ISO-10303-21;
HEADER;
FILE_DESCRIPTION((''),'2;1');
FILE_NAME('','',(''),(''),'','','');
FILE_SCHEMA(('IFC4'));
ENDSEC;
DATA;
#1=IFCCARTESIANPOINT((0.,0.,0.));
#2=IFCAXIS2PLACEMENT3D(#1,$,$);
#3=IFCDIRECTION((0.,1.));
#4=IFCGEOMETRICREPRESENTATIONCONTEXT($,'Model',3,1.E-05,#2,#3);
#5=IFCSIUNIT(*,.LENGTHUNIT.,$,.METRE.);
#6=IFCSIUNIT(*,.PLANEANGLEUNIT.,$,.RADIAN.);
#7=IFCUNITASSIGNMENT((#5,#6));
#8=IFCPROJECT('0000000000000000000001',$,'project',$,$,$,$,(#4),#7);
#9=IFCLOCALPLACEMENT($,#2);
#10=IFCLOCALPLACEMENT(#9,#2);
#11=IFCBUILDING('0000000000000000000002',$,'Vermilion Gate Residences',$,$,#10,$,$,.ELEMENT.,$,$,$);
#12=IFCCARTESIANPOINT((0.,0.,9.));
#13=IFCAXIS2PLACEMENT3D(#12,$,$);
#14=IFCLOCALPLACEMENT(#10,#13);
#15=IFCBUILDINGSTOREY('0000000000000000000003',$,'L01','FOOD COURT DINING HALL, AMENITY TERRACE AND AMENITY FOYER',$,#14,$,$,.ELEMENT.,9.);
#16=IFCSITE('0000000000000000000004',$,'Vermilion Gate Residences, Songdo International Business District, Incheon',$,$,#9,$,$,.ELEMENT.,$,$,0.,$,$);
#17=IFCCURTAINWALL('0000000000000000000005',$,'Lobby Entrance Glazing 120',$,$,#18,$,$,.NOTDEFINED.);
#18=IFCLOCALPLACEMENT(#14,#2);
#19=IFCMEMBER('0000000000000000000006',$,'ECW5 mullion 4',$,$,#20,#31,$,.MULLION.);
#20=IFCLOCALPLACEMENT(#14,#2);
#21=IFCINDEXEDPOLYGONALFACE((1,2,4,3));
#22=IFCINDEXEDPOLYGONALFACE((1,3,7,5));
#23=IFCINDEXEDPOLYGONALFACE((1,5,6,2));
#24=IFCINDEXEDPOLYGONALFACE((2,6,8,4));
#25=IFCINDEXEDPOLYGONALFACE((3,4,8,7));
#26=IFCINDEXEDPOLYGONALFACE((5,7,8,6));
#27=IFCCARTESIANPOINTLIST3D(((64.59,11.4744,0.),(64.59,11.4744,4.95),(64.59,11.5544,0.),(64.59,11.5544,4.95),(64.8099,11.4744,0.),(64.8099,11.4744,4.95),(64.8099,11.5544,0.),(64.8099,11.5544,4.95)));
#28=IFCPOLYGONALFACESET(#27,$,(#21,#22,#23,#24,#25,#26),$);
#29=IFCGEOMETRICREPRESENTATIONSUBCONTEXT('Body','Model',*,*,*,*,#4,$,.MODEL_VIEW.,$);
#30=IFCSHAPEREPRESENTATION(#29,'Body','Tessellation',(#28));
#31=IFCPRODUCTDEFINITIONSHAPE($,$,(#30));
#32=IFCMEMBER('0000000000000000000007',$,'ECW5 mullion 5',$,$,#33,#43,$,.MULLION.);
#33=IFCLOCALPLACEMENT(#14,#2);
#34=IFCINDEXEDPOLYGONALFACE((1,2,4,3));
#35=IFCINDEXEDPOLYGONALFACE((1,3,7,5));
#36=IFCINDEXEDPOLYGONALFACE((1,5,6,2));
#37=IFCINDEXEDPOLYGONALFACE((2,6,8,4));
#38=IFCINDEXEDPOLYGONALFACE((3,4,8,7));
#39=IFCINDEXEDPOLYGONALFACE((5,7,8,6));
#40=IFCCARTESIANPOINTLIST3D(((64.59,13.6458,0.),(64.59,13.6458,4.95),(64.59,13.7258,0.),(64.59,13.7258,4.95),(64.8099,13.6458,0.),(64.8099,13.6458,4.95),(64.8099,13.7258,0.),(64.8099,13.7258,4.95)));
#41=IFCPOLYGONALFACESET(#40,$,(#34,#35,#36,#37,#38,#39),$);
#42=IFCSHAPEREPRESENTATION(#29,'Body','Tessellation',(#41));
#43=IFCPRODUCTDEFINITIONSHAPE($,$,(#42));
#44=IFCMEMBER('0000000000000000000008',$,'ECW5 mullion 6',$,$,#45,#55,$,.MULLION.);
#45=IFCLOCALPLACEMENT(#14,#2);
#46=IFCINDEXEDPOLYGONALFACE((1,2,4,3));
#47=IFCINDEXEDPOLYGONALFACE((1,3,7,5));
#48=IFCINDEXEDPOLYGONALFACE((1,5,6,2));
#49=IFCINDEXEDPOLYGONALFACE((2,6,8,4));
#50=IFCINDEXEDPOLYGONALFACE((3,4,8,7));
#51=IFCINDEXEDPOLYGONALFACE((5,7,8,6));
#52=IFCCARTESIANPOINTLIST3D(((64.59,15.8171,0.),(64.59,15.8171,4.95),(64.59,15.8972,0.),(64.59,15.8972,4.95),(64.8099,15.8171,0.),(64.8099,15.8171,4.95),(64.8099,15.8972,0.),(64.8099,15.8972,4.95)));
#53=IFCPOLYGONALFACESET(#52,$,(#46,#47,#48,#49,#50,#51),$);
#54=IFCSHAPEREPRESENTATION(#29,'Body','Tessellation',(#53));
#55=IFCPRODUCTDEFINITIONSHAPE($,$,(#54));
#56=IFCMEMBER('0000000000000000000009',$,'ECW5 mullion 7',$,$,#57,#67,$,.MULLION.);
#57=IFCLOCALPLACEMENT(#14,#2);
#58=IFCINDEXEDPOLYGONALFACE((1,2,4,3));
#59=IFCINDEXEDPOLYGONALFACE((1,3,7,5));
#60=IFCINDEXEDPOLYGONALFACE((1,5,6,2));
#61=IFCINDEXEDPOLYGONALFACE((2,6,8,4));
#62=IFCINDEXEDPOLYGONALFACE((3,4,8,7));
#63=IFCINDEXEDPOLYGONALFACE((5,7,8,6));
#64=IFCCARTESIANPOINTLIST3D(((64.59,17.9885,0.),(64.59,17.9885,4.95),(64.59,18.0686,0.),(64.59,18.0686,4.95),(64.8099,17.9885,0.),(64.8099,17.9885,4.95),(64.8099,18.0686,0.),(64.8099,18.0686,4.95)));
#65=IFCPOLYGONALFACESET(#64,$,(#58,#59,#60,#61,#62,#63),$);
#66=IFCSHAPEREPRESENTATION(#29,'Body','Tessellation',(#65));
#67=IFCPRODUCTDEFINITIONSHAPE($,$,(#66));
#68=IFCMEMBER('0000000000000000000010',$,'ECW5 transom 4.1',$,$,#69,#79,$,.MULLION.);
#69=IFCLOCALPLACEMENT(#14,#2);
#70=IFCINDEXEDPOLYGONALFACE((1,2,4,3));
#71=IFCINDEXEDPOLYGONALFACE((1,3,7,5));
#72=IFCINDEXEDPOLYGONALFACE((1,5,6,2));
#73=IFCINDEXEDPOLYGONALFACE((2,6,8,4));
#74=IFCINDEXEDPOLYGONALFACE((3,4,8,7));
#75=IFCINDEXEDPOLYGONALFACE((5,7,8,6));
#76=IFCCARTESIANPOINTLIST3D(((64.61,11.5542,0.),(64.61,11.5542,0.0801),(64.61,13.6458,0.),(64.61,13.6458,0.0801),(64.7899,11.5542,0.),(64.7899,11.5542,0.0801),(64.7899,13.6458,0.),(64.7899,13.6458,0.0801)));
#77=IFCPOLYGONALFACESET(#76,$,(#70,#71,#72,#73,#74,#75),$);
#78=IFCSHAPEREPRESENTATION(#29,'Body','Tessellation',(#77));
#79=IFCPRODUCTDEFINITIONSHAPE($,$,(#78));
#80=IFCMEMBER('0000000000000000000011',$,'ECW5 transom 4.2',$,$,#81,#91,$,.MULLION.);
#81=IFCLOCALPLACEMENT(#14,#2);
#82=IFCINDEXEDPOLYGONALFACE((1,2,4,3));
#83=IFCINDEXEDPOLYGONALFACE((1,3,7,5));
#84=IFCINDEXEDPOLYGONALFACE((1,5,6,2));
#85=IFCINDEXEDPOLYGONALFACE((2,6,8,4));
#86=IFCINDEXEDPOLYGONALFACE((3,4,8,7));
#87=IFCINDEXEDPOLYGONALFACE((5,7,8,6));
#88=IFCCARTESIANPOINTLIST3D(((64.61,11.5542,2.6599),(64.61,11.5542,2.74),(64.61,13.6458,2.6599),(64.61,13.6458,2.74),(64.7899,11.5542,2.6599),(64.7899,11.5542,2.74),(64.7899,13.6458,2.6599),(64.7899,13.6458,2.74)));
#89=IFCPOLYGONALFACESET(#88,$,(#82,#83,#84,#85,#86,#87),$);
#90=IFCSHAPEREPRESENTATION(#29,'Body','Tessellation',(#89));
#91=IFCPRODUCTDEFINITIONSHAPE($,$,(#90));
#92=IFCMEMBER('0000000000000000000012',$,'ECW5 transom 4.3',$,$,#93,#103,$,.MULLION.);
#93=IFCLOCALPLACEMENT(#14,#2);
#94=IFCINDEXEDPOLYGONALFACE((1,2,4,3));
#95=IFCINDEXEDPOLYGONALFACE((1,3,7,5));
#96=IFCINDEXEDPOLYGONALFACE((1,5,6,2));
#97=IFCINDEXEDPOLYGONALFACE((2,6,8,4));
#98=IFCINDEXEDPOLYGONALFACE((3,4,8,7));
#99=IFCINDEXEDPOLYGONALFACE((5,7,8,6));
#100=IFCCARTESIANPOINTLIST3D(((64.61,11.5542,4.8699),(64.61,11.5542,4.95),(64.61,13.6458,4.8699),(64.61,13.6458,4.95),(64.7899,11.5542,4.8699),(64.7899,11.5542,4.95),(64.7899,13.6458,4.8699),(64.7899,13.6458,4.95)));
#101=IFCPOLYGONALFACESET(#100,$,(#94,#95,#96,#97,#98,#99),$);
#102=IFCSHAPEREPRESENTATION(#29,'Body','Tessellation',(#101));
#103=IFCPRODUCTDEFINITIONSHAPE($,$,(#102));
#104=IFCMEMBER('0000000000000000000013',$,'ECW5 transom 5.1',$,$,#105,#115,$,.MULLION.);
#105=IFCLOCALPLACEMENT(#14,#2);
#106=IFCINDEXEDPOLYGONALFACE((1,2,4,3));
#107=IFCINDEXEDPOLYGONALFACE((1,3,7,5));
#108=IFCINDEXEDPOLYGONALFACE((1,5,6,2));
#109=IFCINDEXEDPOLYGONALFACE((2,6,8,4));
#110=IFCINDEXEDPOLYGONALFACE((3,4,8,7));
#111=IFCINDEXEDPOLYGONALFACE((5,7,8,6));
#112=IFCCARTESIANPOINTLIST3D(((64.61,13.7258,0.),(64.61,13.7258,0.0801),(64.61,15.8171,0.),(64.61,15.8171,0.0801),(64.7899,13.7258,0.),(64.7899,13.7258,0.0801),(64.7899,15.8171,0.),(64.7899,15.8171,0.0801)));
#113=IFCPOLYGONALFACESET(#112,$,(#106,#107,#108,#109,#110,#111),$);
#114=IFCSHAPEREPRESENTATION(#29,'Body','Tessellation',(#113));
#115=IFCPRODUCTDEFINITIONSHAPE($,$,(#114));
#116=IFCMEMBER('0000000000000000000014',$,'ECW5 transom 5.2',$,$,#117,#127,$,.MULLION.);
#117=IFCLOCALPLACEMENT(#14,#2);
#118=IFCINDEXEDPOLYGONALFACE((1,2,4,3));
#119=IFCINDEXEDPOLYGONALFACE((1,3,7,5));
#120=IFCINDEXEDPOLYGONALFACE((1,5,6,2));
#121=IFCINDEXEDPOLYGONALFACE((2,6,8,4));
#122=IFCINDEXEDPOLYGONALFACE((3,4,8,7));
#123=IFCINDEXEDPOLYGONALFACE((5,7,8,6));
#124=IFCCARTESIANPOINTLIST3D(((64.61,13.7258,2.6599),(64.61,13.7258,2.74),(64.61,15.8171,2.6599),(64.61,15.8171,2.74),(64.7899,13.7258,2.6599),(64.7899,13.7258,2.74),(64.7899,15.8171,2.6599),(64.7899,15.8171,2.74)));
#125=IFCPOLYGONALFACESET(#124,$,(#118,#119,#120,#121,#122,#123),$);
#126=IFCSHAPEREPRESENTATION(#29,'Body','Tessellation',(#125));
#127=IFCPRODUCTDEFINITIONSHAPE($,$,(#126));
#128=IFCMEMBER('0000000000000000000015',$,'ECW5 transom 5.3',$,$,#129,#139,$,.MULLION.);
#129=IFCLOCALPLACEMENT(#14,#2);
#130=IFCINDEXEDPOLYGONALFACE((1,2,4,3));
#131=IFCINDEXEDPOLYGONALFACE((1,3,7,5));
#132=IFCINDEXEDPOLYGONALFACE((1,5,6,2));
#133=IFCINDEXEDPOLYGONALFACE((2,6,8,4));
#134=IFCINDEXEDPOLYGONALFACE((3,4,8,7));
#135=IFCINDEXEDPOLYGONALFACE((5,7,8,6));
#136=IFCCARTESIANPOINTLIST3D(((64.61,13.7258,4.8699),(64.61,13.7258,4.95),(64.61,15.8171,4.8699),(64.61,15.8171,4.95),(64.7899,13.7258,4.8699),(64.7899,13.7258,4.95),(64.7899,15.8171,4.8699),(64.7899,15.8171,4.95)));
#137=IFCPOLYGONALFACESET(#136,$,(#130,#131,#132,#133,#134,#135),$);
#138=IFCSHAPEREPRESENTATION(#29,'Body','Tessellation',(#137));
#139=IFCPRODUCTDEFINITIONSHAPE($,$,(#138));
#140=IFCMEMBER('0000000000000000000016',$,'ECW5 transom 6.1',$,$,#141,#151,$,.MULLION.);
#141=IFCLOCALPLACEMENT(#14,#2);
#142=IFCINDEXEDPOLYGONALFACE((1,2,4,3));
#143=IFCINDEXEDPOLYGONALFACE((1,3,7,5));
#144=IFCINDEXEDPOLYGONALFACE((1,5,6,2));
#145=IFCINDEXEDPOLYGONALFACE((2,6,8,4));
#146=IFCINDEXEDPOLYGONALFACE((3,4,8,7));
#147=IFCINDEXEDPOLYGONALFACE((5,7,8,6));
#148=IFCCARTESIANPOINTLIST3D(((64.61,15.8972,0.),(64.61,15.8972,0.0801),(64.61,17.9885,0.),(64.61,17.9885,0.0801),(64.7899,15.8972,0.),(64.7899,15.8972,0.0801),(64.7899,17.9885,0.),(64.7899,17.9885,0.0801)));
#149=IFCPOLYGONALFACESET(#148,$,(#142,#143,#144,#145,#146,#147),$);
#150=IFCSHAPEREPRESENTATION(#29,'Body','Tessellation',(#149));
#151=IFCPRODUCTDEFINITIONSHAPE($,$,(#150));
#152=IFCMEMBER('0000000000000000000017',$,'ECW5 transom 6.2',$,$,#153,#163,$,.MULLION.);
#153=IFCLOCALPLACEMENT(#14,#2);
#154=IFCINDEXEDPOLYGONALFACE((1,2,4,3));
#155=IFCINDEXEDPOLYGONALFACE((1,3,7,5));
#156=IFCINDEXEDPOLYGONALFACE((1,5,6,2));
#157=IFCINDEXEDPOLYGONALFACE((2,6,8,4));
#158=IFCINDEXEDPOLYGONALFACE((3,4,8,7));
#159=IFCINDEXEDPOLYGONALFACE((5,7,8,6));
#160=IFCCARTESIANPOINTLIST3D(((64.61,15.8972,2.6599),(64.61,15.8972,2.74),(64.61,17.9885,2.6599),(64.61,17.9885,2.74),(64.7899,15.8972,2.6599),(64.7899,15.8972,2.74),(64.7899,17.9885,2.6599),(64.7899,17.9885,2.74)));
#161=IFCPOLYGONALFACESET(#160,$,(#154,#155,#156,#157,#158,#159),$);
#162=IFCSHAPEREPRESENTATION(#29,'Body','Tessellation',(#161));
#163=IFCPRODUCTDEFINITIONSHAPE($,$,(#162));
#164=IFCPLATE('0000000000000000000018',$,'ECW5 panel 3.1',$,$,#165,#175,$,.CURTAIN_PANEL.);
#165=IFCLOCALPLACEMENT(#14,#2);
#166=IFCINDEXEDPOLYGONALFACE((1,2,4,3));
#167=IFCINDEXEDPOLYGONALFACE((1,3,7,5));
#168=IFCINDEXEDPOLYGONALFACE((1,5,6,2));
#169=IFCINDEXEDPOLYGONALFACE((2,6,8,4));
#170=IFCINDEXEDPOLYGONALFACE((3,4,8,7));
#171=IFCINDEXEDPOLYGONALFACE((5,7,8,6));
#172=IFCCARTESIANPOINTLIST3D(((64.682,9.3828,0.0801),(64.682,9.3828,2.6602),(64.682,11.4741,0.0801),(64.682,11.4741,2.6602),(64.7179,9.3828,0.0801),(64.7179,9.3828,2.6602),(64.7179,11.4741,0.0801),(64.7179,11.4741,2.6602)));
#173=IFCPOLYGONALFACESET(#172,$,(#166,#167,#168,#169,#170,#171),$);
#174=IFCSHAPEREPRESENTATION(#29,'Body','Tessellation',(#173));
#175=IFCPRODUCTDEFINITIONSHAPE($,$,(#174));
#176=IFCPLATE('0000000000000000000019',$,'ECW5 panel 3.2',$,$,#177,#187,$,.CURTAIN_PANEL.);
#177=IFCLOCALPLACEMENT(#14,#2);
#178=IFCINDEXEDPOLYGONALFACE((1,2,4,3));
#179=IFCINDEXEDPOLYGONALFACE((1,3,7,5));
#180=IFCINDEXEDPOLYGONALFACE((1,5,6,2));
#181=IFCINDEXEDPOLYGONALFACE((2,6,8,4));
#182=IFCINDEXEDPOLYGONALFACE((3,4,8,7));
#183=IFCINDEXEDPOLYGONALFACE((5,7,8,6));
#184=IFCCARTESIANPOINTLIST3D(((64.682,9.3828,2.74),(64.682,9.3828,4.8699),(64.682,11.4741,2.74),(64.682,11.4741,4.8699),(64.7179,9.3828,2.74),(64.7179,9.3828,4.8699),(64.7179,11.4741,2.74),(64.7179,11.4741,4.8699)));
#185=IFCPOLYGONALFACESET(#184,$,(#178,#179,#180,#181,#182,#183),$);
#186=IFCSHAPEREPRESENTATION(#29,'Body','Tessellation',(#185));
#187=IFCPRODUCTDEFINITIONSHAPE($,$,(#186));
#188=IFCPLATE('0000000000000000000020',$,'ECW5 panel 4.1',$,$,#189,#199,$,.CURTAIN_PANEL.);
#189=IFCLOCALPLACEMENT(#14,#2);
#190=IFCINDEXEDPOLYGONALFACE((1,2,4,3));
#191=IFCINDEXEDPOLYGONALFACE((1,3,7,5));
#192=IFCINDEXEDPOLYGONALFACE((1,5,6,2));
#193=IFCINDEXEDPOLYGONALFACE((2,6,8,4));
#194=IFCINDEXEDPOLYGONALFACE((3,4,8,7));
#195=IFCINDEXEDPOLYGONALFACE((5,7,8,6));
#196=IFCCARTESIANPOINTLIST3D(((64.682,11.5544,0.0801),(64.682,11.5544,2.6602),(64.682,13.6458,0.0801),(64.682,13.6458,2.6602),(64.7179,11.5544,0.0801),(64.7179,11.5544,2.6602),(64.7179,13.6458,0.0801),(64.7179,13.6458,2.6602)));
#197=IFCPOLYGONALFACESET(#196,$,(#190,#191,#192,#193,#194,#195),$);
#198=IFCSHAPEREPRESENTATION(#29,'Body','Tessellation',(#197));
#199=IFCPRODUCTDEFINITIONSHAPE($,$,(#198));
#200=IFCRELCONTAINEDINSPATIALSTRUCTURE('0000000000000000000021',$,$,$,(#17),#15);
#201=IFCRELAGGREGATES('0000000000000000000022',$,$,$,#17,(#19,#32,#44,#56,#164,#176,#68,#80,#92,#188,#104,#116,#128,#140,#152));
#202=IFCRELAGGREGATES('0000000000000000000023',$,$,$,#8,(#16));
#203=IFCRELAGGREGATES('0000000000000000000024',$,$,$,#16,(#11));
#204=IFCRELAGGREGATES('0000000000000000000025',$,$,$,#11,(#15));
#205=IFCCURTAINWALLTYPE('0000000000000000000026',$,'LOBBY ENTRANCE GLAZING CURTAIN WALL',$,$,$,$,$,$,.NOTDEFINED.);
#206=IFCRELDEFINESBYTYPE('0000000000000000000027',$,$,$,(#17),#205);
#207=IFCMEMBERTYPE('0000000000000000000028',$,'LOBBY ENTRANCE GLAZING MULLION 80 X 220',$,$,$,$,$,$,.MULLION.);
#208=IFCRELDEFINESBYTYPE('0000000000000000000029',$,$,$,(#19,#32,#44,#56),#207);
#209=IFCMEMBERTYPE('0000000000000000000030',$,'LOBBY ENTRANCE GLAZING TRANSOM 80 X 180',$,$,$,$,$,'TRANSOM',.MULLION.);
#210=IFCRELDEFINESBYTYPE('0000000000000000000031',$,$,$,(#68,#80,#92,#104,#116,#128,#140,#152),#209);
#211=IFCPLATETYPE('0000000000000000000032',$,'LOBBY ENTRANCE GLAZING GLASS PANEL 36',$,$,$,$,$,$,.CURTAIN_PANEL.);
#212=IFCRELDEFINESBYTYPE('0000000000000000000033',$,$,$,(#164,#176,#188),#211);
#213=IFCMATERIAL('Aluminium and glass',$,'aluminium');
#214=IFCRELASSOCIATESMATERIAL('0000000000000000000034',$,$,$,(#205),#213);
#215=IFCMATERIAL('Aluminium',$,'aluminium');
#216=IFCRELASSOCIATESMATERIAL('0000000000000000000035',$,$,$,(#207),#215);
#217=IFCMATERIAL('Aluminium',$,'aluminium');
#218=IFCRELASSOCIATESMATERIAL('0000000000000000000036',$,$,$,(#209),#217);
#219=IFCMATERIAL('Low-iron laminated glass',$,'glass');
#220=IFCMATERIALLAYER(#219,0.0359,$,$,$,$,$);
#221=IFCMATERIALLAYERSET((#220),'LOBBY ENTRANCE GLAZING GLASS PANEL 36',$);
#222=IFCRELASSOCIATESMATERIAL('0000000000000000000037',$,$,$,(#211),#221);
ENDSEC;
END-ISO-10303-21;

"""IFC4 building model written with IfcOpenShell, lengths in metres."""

from ifc_helpers import new_model, si_unit, direction, frame, origin, origin_2d, place, context, subcontext, project, spatial, rectangle, extrude, material, layer, layer_set, material_profile, profile_set, type_object, element, aggregate, save


model = new_model("IFC4")

# Units and contexts
model_context = context("Model", 3, precision=1e-05, world=origin(), true_north=direction((0.0, 1.0)))
body_context = subcontext(model_context, "Body", "Model", "MODEL_VIEW")
ifc_project = project(units=[si_unit("LENGTHUNIT", "METRE"), si_unit("PLANEANGLEUNIT", "RADIAN")], contexts=[model_context])

# Site, building, storey
site_placement = place(None, origin())
site = spatial("IfcSite", under=ifc_project, at=site_placement, Name="Vermilion Gate Residences, Songdo International Business District, Incheon", CompositionType="ELEMENT", RefElevation=0.0)
building_placement = place(site_placement, origin())
building = spatial("IfcBuilding", under=site, at=building_placement, Name="Vermilion Gate Residences", CompositionType="ELEMENT")
storey_placement = place(building_placement, frame((0.0, 0.0, 9.0)))
storey = spatial("IfcBuildingStorey", under=building, at=storey_placement, Name="L01", Description="FOOD COURT DINING HALL, AMENITY TERRACE AND AMENITY FOYER", CompositionType="ELEMENT", Elevation=9.0)

# Curtain wall, members, plates
ifc_material_1 = material(Name="Aluminium and glass", Category="aluminium")
curtain_wall_type = type_object("IfcCurtainWallType", Name="LOBBY ENTRANCE GLAZING CURTAIN WALL", PredefinedType="NOTDEFINED", material=ifc_material_1)
curtain_wall_placement = place(storey_placement, origin())
curtain_wall = element("IfcCurtainWall", 1, at=curtain_wall_placement, inside=storey, type_object=curtain_wall_type, Name="Lobby Entrance Glazing 120", PredefinedType="NOTDEFINED")
ifc_material_2 = material(Name="Aluminium", Category="aluminium")
ifc_material_profile_1 = material_profile(ifc_material_2, rectangle(XDim=0.22, YDim=0.0801, at=origin_2d()), Name="MULLION 80 X 220")
ifc_profile_set_1 = profile_set([ifc_material_profile_1], Name="Aluminium")
member_type_1 = type_object("IfcMemberType", Name="LOBBY ENTRANCE GLAZING MULLION 80 X 220", PredefinedType="MULLION", material=ifc_profile_set_1)
member_1_placement = place(storey_placement, frame((64.7, 11.5144, 0.0), z_axis=(0.0, 0.0, 1.0), x_axis=(-1.0, 0.0, 0.0)))
member_1 = element("IfcMember", 2, at=member_1_placement, type_object=member_type_1, Name="ECW5 mullion 4", PredefinedType="MULLION", context=body_context, shape_type="SweptSolid", body=[
    extrude(rectangle(XDim=0.22, YDim=0.0801, at=origin_2d()), origin(), (0.0, 0.0, 1.0), 4.95),
])
member_2_placement = place(storey_placement, frame((64.7, 13.6858, 0.0), z_axis=(0.0, 0.0, 1.0), x_axis=(-1.0, 0.0, 0.0)))
member_2 = element("IfcMember", 3, at=member_2_placement, type_object=member_type_1, Name="ECW5 mullion 5", PredefinedType="MULLION", context=body_context, shape_type="SweptSolid", body=[
    extrude(rectangle(XDim=0.22, YDim=0.0801, at=origin_2d()), origin(), (0.0, 0.0, 1.0), 4.95),
])
member_3_placement = place(storey_placement, frame((64.7, 15.8572, 0.0), z_axis=(0.0, 0.0, 1.0), x_axis=(-1.0, 0.0, 0.0)))
member_3 = element("IfcMember", 4, at=member_3_placement, type_object=member_type_1, Name="ECW5 mullion 6", PredefinedType="MULLION", context=body_context, shape_type="SweptSolid", body=[
    extrude(rectangle(XDim=0.22, YDim=0.0801, at=origin_2d()), origin(), (0.0, 0.0, 1.0), 4.95),
])
member_4_placement = place(storey_placement, frame((64.7, 18.0286, 0.0), z_axis=(0.0, 0.0, 1.0), x_axis=(-1.0, 0.0, 0.0)))
member_4 = element("IfcMember", 5, at=member_4_placement, type_object=member_type_1, Name="ECW5 mullion 7", PredefinedType="MULLION", context=body_context, shape_type="SweptSolid", body=[
    extrude(rectangle(XDim=0.22, YDim=0.0801, at=origin_2d()), origin(), (0.0, 0.0, 1.0), 4.95),
])
ifc_material_3 = material(Name="Aluminium", Category="aluminium")
ifc_material_profile_2 = material_profile(ifc_material_3, rectangle(XDim=0.1799, YDim=0.0801, at=origin_2d()), Name="TRANSOM 80 X 180")
ifc_profile_set_2 = profile_set([ifc_material_profile_2], Name="Aluminium")
member_type_2 = type_object("IfcMemberType", Name="LOBBY ENTRANCE GLAZING TRANSOM 80 X 180", ElementType="TRANSOM", PredefinedType="MULLION", material=ifc_profile_set_2)
member_5_placement = place(storey_placement, frame((64.7, 11.5542, 0.04), z_axis=(0.0, 1.0, 0.0), x_axis=(-1.0, 0.0, 0.0)))
member_5 = element("IfcMember", 6, at=member_5_placement, type_object=member_type_2, Name="ECW5 transom 4.1", PredefinedType="MULLION", context=body_context, shape_type="SweptSolid", body=[
    extrude(rectangle(XDim=0.1799, YDim=0.0801, at=origin_2d()), origin(), (0.0, 0.0, 1.0), 2.0916),
])
member_6_placement = place(storey_placement, frame((64.7, 11.5542, 2.7), z_axis=(0.0, 1.0, 0.0), x_axis=(-1.0, 0.0, 0.0)))
member_6 = element("IfcMember", 7, at=member_6_placement, type_object=member_type_2, Name="ECW5 transom 4.2", PredefinedType="MULLION", context=body_context, shape_type="SweptSolid", body=[
    extrude(rectangle(XDim=0.1799, YDim=0.0801, at=origin_2d()), origin(), (0.0, 0.0, 1.0), 2.0916),
])
member_7_placement = place(storey_placement, frame((64.7, 11.5542, 4.9099), z_axis=(0.0, 1.0, 0.0), x_axis=(-1.0, 0.0, 0.0)))
member_7 = element("IfcMember", 8, at=member_7_placement, type_object=member_type_2, Name="ECW5 transom 4.3", PredefinedType="MULLION", context=body_context, shape_type="SweptSolid", body=[
    extrude(rectangle(XDim=0.1799, YDim=0.0801, at=origin_2d()), origin(), (0.0, 0.0, 1.0), 2.0916),
])
member_8_placement = place(storey_placement, frame((64.7, 13.7258, 0.04), z_axis=(0.0, 1.0, 0.0), x_axis=(-1.0, 0.0, 0.0)))
member_8 = element("IfcMember", 9, at=member_8_placement, type_object=member_type_2, Name="ECW5 transom 5.1", PredefinedType="MULLION", context=body_context, shape_type="SweptSolid", body=[
    extrude(rectangle(XDim=0.1799, YDim=0.0801, at=origin_2d()), origin(), (0.0, 0.0, 1.0), 2.0913),
])
member_9_placement = place(storey_placement, frame((64.7, 13.7258, 2.7), z_axis=(0.0, 1.0, 0.0), x_axis=(-1.0, 0.0, 0.0)))
member_9 = element("IfcMember", 10, at=member_9_placement, type_object=member_type_2, Name="ECW5 transom 5.2", PredefinedType="MULLION", context=body_context, shape_type="SweptSolid", body=[
    extrude(rectangle(XDim=0.1799, YDim=0.0801, at=origin_2d()), origin(), (0.0, 0.0, 1.0), 2.0913),
])
member_10_placement = place(storey_placement, frame((64.7, 13.7258, 4.9099), z_axis=(0.0, 1.0, 0.0), x_axis=(-1.0, 0.0, 0.0)))
member_10 = element("IfcMember", 11, at=member_10_placement, type_object=member_type_2, Name="ECW5 transom 5.3", PredefinedType="MULLION", context=body_context, shape_type="SweptSolid", body=[
    extrude(rectangle(XDim=0.1799, YDim=0.0801, at=origin_2d()), origin(), (0.0, 0.0, 1.0), 2.0913),
])
member_11_placement = place(storey_placement, frame((64.7, 15.8972, 0.04), z_axis=(0.0, 1.0, 0.0), x_axis=(-1.0, 0.0, 0.0)))
member_11 = element("IfcMember", 12, at=member_11_placement, type_object=member_type_2, Name="ECW5 transom 6.1", PredefinedType="MULLION", context=body_context, shape_type="SweptSolid", body=[
    extrude(rectangle(XDim=0.1799, YDim=0.0801, at=origin_2d()), origin(), (0.0, 0.0, 1.0), 2.0913),
])
member_12_placement = place(storey_placement, frame((64.7, 15.8972, 2.7), z_axis=(0.0, 1.0, 0.0), x_axis=(-1.0, 0.0, 0.0)))
member_12 = element("IfcMember", 13, at=member_12_placement, type_object=member_type_2, Name="ECW5 transom 6.2", PredefinedType="MULLION", context=body_context, shape_type="SweptSolid", body=[
    extrude(rectangle(XDim=0.1799, YDim=0.0801, at=origin_2d()), origin(), (0.0, 0.0, 1.0), 2.0913),
])
ifc_material_4 = material(Name="Low-iron laminated glass", Category="glass")
ifc_layer_1 = layer(ifc_material_4, 0.0359)
ifc_layer_set_1 = layer_set([ifc_layer_1], Name="LOBBY ENTRANCE GLAZING GLASS PANEL 36")
plate_type = type_object("IfcPlateType", Name="LOBBY ENTRANCE GLAZING GLASS PANEL 36", PredefinedType="CURTAIN_PANEL", material=ifc_layer_set_1)
plate_1_placement = place(storey_placement, frame((64.7, 10.4285, 0.0801), z_axis=(0.0, 0.0, 1.0), x_axis=(0.0, 1.0, 0.0)))
plate_1 = element("IfcPlate", 14, at=plate_1_placement, type_object=plate_type, Name="ECW5 panel 3.1", PredefinedType="CURTAIN_PANEL", context=body_context, shape_type="SweptSolid", body=[
    extrude(rectangle(XDim=2.0913, YDim=0.0359, at=origin_2d()), origin(), (0.0, 0.0, 1.0), 2.5801),
])
plate_2_placement = place(storey_placement, frame((64.7, 10.4285, 2.74), z_axis=(0.0, 0.0, 1.0), x_axis=(0.0, 1.0, 0.0)))
plate_2 = element("IfcPlate", 15, at=plate_2_placement, type_object=plate_type, Name="ECW5 panel 3.2", PredefinedType="CURTAIN_PANEL", context=body_context, shape_type="SweptSolid", body=[
    extrude(rectangle(XDim=2.0913, YDim=0.0359, at=origin_2d()), origin(), (0.0, 0.0, 1.0), 2.1299),
])
plate_3_placement = place(storey_placement, frame((64.7, 12.6001, 0.0801), z_axis=(0.0, 0.0, 1.0), x_axis=(0.0, 1.0, 0.0)))
plate_3 = element("IfcPlate", 16, at=plate_3_placement, type_object=plate_type, Name="ECW5 panel 4.1", PredefinedType="CURTAIN_PANEL", context=body_context, shape_type="SweptSolid", body=[
    extrude(rectangle(XDim=2.0913, YDim=0.0359, at=origin_2d()), origin(), (0.0, 0.0, 1.0), 2.5801),
])
aggregate(curtain_wall, [member_1, member_2, member_3, member_4, plate_1, plate_2, member_5, member_6, member_7, plate_3, member_8, member_9, member_10, member_11, member_12])

save(model, "model.ifc")
